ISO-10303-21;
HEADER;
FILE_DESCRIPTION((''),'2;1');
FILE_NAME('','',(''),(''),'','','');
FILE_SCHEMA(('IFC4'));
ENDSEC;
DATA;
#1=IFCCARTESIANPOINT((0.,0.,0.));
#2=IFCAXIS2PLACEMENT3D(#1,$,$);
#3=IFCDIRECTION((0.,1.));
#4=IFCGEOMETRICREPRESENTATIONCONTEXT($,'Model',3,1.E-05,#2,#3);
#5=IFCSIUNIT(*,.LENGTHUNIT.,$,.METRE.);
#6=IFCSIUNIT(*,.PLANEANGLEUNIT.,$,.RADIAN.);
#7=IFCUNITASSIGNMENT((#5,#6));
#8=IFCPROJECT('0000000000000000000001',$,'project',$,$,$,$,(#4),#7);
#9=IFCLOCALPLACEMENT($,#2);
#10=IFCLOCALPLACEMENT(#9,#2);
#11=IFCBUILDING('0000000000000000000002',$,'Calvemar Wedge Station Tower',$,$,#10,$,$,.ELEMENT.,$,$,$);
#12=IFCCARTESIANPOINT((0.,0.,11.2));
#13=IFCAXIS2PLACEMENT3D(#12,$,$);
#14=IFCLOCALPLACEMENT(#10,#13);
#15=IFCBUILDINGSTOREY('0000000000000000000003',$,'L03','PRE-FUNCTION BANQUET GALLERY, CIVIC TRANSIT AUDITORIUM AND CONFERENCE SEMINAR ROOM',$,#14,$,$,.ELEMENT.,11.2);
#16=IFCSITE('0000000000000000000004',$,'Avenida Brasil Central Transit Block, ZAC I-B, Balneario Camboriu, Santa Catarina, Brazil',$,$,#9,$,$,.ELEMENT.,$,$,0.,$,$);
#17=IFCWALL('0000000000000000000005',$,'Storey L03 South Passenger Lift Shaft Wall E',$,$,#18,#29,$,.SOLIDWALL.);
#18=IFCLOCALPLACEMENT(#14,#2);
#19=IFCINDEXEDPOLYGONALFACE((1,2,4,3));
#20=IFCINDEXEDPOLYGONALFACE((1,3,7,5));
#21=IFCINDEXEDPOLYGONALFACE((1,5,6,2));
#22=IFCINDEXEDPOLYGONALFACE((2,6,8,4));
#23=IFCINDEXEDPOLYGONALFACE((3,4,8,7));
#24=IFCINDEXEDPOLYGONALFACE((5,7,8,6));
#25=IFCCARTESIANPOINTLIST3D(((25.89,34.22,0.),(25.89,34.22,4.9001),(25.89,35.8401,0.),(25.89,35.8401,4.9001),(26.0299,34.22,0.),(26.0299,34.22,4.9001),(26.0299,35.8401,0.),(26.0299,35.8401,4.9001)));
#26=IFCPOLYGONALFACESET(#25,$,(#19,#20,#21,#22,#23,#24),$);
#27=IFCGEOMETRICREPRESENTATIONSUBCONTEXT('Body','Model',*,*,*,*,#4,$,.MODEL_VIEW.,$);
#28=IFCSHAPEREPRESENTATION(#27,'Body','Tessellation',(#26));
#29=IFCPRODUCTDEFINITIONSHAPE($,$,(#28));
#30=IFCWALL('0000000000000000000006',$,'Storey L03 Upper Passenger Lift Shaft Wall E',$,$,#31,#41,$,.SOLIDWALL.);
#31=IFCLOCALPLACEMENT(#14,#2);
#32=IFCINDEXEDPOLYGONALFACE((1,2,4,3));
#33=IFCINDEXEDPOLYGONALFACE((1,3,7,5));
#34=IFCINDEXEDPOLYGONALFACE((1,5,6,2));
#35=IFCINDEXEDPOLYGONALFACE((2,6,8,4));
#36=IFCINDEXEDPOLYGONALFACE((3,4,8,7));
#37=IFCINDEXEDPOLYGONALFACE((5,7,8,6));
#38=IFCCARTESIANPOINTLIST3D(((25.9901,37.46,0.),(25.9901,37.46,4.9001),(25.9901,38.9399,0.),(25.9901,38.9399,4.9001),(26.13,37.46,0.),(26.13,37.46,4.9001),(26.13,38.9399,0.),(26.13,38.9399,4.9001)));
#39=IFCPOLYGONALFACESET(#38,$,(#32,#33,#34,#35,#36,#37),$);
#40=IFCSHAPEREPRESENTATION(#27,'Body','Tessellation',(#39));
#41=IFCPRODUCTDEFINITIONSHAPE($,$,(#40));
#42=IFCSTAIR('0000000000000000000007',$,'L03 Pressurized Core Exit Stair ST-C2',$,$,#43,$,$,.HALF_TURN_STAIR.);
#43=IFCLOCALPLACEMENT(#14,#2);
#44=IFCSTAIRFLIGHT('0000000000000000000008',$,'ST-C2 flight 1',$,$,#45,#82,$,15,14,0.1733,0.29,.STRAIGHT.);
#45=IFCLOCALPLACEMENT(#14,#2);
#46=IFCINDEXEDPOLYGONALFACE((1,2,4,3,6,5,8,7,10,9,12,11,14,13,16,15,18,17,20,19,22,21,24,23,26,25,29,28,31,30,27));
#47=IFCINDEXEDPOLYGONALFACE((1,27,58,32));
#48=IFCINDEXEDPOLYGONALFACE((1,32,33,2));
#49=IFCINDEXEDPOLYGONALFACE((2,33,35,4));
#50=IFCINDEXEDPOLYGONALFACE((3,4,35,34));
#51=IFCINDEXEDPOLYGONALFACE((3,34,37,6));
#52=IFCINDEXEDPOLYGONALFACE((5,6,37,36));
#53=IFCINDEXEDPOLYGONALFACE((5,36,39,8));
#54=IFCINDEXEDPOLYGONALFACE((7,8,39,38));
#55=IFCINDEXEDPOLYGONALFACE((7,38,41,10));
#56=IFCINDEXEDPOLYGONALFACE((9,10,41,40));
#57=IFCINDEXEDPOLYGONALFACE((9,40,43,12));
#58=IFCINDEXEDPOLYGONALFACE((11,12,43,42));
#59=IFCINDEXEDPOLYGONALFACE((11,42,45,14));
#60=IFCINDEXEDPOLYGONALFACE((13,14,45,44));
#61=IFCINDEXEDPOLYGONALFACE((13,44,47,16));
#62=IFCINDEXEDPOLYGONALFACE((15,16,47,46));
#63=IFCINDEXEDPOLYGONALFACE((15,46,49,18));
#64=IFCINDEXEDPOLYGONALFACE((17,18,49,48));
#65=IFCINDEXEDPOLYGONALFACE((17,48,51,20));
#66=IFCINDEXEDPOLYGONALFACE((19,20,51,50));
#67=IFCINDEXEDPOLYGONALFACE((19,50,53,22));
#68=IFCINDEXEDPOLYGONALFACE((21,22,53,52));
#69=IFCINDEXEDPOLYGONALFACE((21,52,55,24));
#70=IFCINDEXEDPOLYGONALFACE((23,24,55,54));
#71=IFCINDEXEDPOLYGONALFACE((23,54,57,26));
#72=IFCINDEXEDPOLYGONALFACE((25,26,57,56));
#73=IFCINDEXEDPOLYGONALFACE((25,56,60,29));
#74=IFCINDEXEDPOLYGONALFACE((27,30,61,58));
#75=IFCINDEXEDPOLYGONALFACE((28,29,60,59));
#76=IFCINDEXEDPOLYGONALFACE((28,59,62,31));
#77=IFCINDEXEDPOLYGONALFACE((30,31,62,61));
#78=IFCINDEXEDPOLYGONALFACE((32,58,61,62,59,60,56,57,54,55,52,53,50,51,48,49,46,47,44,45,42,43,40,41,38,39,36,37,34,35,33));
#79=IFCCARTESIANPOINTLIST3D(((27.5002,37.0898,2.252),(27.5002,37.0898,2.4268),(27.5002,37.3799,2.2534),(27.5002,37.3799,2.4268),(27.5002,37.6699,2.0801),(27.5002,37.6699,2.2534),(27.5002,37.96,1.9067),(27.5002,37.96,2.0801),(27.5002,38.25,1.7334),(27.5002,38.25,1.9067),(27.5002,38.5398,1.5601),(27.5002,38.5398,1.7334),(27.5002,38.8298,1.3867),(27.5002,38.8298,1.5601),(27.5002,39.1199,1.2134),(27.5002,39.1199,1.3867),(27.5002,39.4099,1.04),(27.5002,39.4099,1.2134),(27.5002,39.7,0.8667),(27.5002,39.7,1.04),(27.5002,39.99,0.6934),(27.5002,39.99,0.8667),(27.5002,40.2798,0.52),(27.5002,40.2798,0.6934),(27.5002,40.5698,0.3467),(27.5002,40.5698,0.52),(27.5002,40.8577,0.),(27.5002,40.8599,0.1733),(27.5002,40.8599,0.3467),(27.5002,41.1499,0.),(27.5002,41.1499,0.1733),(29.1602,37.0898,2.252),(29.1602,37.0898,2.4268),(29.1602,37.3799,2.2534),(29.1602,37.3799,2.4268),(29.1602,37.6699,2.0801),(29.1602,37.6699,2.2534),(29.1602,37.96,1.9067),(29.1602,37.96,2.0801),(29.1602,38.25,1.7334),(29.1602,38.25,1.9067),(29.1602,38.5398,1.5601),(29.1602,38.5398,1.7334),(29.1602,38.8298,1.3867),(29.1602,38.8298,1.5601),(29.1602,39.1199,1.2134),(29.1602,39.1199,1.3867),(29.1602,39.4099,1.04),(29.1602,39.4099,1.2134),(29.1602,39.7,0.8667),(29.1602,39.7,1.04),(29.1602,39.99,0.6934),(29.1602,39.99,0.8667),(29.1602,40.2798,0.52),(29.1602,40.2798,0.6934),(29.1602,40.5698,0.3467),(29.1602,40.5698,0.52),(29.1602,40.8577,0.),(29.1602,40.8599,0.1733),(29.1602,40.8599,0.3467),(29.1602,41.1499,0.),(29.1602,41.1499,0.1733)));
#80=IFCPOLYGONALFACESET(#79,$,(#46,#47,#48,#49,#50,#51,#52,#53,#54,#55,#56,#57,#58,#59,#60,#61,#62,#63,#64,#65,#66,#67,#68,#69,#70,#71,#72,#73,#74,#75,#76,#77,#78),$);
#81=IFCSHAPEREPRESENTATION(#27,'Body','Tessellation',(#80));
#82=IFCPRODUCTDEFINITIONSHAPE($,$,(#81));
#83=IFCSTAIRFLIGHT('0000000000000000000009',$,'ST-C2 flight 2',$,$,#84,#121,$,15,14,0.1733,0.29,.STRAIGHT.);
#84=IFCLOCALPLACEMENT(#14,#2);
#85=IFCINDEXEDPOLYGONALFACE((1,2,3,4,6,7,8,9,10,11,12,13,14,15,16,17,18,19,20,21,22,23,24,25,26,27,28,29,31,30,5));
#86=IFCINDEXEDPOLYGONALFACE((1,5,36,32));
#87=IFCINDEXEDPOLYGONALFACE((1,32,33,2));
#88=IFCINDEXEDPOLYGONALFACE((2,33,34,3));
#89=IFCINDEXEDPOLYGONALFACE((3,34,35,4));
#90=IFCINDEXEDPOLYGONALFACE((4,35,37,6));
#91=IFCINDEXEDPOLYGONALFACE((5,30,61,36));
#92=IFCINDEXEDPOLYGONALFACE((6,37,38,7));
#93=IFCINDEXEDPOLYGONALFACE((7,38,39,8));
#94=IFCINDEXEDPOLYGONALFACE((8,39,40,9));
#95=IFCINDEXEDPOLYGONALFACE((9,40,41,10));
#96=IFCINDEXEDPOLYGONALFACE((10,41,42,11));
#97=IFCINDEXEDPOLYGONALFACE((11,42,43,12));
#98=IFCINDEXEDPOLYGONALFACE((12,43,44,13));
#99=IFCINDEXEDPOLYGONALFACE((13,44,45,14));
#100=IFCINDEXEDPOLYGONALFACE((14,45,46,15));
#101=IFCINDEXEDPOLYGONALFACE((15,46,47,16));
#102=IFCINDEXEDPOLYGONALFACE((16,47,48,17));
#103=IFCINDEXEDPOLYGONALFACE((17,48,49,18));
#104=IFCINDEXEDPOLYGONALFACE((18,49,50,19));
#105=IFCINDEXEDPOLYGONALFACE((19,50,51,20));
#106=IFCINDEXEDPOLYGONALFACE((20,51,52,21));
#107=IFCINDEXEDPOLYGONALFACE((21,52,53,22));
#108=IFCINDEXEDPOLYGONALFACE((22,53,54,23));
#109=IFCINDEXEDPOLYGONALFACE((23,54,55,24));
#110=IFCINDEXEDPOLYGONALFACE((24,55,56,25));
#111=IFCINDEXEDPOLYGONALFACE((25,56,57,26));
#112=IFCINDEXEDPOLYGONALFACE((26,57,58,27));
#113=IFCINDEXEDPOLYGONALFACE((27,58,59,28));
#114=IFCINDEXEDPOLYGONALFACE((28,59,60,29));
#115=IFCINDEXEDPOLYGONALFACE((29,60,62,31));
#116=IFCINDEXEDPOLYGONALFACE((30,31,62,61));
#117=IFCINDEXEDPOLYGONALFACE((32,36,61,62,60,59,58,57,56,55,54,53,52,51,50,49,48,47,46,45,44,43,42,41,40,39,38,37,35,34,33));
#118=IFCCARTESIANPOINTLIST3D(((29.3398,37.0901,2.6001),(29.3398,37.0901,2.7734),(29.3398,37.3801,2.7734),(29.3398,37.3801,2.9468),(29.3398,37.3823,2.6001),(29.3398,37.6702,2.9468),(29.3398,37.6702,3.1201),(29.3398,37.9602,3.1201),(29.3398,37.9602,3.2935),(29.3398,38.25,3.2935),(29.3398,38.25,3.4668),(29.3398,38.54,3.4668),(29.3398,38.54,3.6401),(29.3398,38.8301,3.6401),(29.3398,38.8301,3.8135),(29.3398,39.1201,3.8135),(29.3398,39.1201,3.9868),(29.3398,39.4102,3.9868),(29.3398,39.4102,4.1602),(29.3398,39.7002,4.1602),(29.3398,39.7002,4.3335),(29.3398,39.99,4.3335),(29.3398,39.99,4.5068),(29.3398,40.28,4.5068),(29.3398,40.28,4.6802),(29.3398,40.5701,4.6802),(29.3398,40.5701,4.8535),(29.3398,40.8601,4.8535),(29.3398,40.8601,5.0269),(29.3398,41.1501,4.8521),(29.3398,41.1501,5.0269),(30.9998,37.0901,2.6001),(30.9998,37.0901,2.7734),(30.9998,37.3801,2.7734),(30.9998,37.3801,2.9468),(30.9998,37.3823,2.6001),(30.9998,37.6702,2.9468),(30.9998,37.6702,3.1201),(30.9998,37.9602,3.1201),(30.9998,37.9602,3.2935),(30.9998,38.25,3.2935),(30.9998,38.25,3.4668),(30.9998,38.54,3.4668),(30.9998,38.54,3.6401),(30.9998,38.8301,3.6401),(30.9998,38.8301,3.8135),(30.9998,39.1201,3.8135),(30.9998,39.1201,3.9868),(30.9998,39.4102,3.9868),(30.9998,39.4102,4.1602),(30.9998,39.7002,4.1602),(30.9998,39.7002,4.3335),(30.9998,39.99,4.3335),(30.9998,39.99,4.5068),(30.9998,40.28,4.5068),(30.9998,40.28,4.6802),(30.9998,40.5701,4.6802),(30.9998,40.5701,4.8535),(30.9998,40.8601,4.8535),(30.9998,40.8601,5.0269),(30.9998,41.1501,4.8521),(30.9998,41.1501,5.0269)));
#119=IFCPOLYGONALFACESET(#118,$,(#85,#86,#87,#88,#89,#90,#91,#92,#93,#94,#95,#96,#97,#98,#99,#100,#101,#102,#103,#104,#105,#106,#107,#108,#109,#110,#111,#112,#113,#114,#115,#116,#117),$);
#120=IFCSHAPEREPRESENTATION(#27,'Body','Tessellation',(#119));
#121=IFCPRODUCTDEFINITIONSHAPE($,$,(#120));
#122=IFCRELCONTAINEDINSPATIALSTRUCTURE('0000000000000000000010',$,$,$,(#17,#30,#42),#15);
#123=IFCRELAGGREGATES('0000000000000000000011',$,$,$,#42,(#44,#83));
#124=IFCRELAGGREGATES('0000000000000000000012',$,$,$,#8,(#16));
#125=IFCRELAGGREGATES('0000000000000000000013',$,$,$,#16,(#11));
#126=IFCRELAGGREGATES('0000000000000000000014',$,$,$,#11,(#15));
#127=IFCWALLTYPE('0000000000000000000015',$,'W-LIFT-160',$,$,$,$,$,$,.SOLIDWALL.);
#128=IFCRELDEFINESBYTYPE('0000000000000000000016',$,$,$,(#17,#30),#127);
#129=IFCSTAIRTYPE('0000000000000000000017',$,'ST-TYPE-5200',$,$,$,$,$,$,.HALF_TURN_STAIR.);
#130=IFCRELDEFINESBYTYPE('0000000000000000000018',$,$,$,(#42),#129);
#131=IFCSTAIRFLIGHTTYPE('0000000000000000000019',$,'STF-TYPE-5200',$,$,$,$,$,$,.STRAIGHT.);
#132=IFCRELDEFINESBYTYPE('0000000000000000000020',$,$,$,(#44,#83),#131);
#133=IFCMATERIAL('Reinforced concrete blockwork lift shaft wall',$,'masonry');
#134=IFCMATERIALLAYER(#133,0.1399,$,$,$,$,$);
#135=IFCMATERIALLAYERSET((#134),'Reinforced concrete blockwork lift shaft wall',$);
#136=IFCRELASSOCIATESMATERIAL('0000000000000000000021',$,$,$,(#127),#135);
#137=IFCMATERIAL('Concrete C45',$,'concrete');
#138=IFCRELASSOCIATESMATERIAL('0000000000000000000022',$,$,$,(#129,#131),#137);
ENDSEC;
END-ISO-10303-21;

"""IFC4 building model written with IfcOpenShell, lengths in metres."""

from ifc_helpers import new_model, si_unit, direction, frame, frame_2d, origin, place, context, subcontext, project, spatial, polyline, rectangle, outline, extrude, material, layer, layer_set, type_object, element, aggregate, save


model = new_model("IFC4")

# Units and contexts
model_context = context("Model", 3, precision=1e-05, world=origin(), true_north=direction((0.0, 1.0)))
body_context = subcontext(model_context, "Body", "Model", "MODEL_VIEW")
ifc_project = project(units=[si_unit("LENGTHUNIT", "METRE"), si_unit("PLANEANGLEUNIT", "RADIAN")], contexts=[model_context])

# Site, building, storey
site_placement = place(None, origin())
site = spatial("IfcSite", under=ifc_project, at=site_placement, Name="Avenida Brasil Central Transit Block, ZAC I-B, Balneario Camboriu, Santa Catarina, Brazil", CompositionType="ELEMENT", RefElevation=0.0)
building_placement = place(site_placement, origin())
building = spatial("IfcBuilding", under=site, at=building_placement, Name="Calvemar Wedge Station Tower", CompositionType="ELEMENT")
storey_placement = place(building_placement, frame((0.0, 0.0, 11.2)))
storey = spatial("IfcBuildingStorey", under=building, at=storey_placement, Name="L03", Description="PRE-FUNCTION BANQUET GALLERY, CIVIC TRANSIT AUDITORIUM AND CONFERENCE SEMINAR ROOM", CompositionType="ELEMENT", Elevation=11.2)

# Walls
ifc_material_1 = material(Name="Reinforced concrete blockwork lift shaft wall", Category="masonry")
ifc_layer_1 = layer(ifc_material_1, 0.1399)
ifc_layer_set_1 = layer_set([ifc_layer_1], Name="Reinforced concrete blockwork lift shaft wall")
wall_type_1 = type_object("IfcWallType", Name="W-LIFT-160", PredefinedType="SOLIDWALL", material=ifc_layer_set_1)
wall_1_placement = place(storey_placement, frame((25.96, 34.22, 0.0), z_axis=(0.0, 0.0, 1.0), x_axis=(0.0, 1.0, 0.0)))
element("IfcWall", 1, at=wall_1_placement, inside=storey, type_object=wall_type_1, Name="Storey L03 South Passenger Lift Shaft Wall E", PredefinedType="SOLIDWALL", context=body_context, shape_type="SweptSolid", body=[
    extrude(rectangle(XDim=1.6201, YDim=0.1399, at=frame_2d((0.8101, 0.0))), origin(), (0.0, 0.0, 1.0), 4.9001),
])
wall_2_placement = place(storey_placement, frame((26.0601, 37.46, 0.0), z_axis=(0.0, 0.0, 1.0), x_axis=(0.0, 1.0, 0.0)))
element("IfcWall", 2, at=wall_2_placement, inside=storey, type_object=wall_type_1, Name="Storey L03 Upper Passenger Lift Shaft Wall E", PredefinedType="SOLIDWALL", context=body_context, shape_type="SweptSolid", body=[
    extrude(rectangle(XDim=1.48, YDim=0.1399, at=frame_2d((0.74, 0.0))), origin(), (0.0, 0.0, 1.0), 4.9001),
])

# Stair, stair flights
ifc_material_2 = material(Name="Concrete C45", Category="concrete")
stair_type = type_object("IfcStairType", Name="ST-TYPE-5200", PredefinedType="HALF_TURN_STAIR", material=ifc_material_2)
stair_placement = place(storey_placement, origin())
stair = element("IfcStair", 3, at=stair_placement, inside=storey, type_object=stair_type, Name="L03 Pressurized Core Exit Stair ST-C2", PredefinedType="HALF_TURN_STAIR")
stair_flight_type = type_object("IfcStairFlightType", Name="STF-TYPE-5200", PredefinedType="STRAIGHT", material=ifc_material_2)
stair_flight_1_placement = place(storey_placement, frame((28.3301, 41.1499, 0.0), z_axis=(0.0, 0.0, 1.0), x_axis=(0.0, -1.0, 0.0)))
stair_flight_1 = element("IfcStairFlight", 4, at=stair_flight_1_placement, type_object=stair_flight_type, Name="ST-C2 flight 1", NumberOfRisers=15, NumberOfTreads=14, PredefinedType="STRAIGHT", RiserHeight=0.1733, TreadLength=0.29, context=body_context, shape_type="SweptSolid", body=[
    extrude(outline(polyline([(0.0, 0.0), (0.0, 0.1733), (0.29, 0.1733), (0.29, 0.3467), (0.5801, 0.3467), (0.5801, 0.52), (0.8701, 0.52), (0.8701, 0.6934), (1.1599, 0.6934), (1.1599, 0.8667), (1.45, 0.8667), (1.45, 1.04), (1.74, 1.04), (1.74, 1.2134), (2.03, 1.2134), (2.03, 1.3867), (2.3201, 1.3867), (2.3201, 1.5601), (2.6101, 1.5601), (2.6101, 1.7334), (2.8999, 1.7334), (2.8999, 1.9067), (3.1899, 1.9067), (3.1899, 2.0801), (3.48, 2.0801), (3.48, 2.2534), (3.77, 2.2534), (3.77, 2.4268), (4.0601, 2.4268), (4.0601, 2.6001), (4.0601, 2.252), (0.2922, 0.0), (0.0, 0.0)])), frame((0.0, 0.8301, 0.0), z_axis=(0.0, -1.0, 0.0), x_axis=(1.0, 0.0, 0.0)), (0.0, 0.0, 1.0), 1.6599),
])
stair_flight_2_placement = place(storey_placement, frame((30.1699, 37.0901, 2.6001), z_axis=(0.0, 0.0, 1.0), x_axis=(0.0, 1.0, 0.0)))
stair_flight_2 = element("IfcStairFlight", 5, at=stair_flight_2_placement, type_object=stair_flight_type, Name="ST-C2 flight 2", NumberOfRisers=15, NumberOfTreads=14, PredefinedType="STRAIGHT", RiserHeight=0.1733, TreadLength=0.29, context=body_context, shape_type="SweptSolid", body=[
    extrude(outline(polyline([(0.0, 0.0), (0.0, 0.1733), (0.29, 0.1733), (0.29, 0.3467), (0.5801, 0.3467), (0.5801, 0.52), (0.8701, 0.52), (0.8701, 0.6934), (1.1599, 0.6934), (1.1599, 0.8667), (1.45, 0.8667), (1.45, 1.04), (1.74, 1.04), (1.74, 1.2134), (2.03, 1.2134), (2.03, 1.3867), (2.3201, 1.3867), (2.3201, 1.5601), (2.6101, 1.5601), (2.6101, 1.7334), (2.8999, 1.7334), (2.8999, 1.9067), (3.1899, 1.9067), (3.1899, 2.0801), (3.48, 2.0801), (3.48, 2.2534), (3.77, 2.2534), (3.77, 2.4268), (4.0601, 2.4268), (4.0601, 2.6001), (4.0601, 2.252), (0.2922, 0.0), (0.0, 0.0)])), frame((0.0, 0.8301, 0.0), z_axis=(0.0, -1.0, 0.0), x_axis=(1.0, 0.0, 0.0)), (0.0, 0.0, 1.0), 1.6599),
])
aggregate(stair, [stair_flight_1, stair_flight_2])

save(model, "model.ifc")
